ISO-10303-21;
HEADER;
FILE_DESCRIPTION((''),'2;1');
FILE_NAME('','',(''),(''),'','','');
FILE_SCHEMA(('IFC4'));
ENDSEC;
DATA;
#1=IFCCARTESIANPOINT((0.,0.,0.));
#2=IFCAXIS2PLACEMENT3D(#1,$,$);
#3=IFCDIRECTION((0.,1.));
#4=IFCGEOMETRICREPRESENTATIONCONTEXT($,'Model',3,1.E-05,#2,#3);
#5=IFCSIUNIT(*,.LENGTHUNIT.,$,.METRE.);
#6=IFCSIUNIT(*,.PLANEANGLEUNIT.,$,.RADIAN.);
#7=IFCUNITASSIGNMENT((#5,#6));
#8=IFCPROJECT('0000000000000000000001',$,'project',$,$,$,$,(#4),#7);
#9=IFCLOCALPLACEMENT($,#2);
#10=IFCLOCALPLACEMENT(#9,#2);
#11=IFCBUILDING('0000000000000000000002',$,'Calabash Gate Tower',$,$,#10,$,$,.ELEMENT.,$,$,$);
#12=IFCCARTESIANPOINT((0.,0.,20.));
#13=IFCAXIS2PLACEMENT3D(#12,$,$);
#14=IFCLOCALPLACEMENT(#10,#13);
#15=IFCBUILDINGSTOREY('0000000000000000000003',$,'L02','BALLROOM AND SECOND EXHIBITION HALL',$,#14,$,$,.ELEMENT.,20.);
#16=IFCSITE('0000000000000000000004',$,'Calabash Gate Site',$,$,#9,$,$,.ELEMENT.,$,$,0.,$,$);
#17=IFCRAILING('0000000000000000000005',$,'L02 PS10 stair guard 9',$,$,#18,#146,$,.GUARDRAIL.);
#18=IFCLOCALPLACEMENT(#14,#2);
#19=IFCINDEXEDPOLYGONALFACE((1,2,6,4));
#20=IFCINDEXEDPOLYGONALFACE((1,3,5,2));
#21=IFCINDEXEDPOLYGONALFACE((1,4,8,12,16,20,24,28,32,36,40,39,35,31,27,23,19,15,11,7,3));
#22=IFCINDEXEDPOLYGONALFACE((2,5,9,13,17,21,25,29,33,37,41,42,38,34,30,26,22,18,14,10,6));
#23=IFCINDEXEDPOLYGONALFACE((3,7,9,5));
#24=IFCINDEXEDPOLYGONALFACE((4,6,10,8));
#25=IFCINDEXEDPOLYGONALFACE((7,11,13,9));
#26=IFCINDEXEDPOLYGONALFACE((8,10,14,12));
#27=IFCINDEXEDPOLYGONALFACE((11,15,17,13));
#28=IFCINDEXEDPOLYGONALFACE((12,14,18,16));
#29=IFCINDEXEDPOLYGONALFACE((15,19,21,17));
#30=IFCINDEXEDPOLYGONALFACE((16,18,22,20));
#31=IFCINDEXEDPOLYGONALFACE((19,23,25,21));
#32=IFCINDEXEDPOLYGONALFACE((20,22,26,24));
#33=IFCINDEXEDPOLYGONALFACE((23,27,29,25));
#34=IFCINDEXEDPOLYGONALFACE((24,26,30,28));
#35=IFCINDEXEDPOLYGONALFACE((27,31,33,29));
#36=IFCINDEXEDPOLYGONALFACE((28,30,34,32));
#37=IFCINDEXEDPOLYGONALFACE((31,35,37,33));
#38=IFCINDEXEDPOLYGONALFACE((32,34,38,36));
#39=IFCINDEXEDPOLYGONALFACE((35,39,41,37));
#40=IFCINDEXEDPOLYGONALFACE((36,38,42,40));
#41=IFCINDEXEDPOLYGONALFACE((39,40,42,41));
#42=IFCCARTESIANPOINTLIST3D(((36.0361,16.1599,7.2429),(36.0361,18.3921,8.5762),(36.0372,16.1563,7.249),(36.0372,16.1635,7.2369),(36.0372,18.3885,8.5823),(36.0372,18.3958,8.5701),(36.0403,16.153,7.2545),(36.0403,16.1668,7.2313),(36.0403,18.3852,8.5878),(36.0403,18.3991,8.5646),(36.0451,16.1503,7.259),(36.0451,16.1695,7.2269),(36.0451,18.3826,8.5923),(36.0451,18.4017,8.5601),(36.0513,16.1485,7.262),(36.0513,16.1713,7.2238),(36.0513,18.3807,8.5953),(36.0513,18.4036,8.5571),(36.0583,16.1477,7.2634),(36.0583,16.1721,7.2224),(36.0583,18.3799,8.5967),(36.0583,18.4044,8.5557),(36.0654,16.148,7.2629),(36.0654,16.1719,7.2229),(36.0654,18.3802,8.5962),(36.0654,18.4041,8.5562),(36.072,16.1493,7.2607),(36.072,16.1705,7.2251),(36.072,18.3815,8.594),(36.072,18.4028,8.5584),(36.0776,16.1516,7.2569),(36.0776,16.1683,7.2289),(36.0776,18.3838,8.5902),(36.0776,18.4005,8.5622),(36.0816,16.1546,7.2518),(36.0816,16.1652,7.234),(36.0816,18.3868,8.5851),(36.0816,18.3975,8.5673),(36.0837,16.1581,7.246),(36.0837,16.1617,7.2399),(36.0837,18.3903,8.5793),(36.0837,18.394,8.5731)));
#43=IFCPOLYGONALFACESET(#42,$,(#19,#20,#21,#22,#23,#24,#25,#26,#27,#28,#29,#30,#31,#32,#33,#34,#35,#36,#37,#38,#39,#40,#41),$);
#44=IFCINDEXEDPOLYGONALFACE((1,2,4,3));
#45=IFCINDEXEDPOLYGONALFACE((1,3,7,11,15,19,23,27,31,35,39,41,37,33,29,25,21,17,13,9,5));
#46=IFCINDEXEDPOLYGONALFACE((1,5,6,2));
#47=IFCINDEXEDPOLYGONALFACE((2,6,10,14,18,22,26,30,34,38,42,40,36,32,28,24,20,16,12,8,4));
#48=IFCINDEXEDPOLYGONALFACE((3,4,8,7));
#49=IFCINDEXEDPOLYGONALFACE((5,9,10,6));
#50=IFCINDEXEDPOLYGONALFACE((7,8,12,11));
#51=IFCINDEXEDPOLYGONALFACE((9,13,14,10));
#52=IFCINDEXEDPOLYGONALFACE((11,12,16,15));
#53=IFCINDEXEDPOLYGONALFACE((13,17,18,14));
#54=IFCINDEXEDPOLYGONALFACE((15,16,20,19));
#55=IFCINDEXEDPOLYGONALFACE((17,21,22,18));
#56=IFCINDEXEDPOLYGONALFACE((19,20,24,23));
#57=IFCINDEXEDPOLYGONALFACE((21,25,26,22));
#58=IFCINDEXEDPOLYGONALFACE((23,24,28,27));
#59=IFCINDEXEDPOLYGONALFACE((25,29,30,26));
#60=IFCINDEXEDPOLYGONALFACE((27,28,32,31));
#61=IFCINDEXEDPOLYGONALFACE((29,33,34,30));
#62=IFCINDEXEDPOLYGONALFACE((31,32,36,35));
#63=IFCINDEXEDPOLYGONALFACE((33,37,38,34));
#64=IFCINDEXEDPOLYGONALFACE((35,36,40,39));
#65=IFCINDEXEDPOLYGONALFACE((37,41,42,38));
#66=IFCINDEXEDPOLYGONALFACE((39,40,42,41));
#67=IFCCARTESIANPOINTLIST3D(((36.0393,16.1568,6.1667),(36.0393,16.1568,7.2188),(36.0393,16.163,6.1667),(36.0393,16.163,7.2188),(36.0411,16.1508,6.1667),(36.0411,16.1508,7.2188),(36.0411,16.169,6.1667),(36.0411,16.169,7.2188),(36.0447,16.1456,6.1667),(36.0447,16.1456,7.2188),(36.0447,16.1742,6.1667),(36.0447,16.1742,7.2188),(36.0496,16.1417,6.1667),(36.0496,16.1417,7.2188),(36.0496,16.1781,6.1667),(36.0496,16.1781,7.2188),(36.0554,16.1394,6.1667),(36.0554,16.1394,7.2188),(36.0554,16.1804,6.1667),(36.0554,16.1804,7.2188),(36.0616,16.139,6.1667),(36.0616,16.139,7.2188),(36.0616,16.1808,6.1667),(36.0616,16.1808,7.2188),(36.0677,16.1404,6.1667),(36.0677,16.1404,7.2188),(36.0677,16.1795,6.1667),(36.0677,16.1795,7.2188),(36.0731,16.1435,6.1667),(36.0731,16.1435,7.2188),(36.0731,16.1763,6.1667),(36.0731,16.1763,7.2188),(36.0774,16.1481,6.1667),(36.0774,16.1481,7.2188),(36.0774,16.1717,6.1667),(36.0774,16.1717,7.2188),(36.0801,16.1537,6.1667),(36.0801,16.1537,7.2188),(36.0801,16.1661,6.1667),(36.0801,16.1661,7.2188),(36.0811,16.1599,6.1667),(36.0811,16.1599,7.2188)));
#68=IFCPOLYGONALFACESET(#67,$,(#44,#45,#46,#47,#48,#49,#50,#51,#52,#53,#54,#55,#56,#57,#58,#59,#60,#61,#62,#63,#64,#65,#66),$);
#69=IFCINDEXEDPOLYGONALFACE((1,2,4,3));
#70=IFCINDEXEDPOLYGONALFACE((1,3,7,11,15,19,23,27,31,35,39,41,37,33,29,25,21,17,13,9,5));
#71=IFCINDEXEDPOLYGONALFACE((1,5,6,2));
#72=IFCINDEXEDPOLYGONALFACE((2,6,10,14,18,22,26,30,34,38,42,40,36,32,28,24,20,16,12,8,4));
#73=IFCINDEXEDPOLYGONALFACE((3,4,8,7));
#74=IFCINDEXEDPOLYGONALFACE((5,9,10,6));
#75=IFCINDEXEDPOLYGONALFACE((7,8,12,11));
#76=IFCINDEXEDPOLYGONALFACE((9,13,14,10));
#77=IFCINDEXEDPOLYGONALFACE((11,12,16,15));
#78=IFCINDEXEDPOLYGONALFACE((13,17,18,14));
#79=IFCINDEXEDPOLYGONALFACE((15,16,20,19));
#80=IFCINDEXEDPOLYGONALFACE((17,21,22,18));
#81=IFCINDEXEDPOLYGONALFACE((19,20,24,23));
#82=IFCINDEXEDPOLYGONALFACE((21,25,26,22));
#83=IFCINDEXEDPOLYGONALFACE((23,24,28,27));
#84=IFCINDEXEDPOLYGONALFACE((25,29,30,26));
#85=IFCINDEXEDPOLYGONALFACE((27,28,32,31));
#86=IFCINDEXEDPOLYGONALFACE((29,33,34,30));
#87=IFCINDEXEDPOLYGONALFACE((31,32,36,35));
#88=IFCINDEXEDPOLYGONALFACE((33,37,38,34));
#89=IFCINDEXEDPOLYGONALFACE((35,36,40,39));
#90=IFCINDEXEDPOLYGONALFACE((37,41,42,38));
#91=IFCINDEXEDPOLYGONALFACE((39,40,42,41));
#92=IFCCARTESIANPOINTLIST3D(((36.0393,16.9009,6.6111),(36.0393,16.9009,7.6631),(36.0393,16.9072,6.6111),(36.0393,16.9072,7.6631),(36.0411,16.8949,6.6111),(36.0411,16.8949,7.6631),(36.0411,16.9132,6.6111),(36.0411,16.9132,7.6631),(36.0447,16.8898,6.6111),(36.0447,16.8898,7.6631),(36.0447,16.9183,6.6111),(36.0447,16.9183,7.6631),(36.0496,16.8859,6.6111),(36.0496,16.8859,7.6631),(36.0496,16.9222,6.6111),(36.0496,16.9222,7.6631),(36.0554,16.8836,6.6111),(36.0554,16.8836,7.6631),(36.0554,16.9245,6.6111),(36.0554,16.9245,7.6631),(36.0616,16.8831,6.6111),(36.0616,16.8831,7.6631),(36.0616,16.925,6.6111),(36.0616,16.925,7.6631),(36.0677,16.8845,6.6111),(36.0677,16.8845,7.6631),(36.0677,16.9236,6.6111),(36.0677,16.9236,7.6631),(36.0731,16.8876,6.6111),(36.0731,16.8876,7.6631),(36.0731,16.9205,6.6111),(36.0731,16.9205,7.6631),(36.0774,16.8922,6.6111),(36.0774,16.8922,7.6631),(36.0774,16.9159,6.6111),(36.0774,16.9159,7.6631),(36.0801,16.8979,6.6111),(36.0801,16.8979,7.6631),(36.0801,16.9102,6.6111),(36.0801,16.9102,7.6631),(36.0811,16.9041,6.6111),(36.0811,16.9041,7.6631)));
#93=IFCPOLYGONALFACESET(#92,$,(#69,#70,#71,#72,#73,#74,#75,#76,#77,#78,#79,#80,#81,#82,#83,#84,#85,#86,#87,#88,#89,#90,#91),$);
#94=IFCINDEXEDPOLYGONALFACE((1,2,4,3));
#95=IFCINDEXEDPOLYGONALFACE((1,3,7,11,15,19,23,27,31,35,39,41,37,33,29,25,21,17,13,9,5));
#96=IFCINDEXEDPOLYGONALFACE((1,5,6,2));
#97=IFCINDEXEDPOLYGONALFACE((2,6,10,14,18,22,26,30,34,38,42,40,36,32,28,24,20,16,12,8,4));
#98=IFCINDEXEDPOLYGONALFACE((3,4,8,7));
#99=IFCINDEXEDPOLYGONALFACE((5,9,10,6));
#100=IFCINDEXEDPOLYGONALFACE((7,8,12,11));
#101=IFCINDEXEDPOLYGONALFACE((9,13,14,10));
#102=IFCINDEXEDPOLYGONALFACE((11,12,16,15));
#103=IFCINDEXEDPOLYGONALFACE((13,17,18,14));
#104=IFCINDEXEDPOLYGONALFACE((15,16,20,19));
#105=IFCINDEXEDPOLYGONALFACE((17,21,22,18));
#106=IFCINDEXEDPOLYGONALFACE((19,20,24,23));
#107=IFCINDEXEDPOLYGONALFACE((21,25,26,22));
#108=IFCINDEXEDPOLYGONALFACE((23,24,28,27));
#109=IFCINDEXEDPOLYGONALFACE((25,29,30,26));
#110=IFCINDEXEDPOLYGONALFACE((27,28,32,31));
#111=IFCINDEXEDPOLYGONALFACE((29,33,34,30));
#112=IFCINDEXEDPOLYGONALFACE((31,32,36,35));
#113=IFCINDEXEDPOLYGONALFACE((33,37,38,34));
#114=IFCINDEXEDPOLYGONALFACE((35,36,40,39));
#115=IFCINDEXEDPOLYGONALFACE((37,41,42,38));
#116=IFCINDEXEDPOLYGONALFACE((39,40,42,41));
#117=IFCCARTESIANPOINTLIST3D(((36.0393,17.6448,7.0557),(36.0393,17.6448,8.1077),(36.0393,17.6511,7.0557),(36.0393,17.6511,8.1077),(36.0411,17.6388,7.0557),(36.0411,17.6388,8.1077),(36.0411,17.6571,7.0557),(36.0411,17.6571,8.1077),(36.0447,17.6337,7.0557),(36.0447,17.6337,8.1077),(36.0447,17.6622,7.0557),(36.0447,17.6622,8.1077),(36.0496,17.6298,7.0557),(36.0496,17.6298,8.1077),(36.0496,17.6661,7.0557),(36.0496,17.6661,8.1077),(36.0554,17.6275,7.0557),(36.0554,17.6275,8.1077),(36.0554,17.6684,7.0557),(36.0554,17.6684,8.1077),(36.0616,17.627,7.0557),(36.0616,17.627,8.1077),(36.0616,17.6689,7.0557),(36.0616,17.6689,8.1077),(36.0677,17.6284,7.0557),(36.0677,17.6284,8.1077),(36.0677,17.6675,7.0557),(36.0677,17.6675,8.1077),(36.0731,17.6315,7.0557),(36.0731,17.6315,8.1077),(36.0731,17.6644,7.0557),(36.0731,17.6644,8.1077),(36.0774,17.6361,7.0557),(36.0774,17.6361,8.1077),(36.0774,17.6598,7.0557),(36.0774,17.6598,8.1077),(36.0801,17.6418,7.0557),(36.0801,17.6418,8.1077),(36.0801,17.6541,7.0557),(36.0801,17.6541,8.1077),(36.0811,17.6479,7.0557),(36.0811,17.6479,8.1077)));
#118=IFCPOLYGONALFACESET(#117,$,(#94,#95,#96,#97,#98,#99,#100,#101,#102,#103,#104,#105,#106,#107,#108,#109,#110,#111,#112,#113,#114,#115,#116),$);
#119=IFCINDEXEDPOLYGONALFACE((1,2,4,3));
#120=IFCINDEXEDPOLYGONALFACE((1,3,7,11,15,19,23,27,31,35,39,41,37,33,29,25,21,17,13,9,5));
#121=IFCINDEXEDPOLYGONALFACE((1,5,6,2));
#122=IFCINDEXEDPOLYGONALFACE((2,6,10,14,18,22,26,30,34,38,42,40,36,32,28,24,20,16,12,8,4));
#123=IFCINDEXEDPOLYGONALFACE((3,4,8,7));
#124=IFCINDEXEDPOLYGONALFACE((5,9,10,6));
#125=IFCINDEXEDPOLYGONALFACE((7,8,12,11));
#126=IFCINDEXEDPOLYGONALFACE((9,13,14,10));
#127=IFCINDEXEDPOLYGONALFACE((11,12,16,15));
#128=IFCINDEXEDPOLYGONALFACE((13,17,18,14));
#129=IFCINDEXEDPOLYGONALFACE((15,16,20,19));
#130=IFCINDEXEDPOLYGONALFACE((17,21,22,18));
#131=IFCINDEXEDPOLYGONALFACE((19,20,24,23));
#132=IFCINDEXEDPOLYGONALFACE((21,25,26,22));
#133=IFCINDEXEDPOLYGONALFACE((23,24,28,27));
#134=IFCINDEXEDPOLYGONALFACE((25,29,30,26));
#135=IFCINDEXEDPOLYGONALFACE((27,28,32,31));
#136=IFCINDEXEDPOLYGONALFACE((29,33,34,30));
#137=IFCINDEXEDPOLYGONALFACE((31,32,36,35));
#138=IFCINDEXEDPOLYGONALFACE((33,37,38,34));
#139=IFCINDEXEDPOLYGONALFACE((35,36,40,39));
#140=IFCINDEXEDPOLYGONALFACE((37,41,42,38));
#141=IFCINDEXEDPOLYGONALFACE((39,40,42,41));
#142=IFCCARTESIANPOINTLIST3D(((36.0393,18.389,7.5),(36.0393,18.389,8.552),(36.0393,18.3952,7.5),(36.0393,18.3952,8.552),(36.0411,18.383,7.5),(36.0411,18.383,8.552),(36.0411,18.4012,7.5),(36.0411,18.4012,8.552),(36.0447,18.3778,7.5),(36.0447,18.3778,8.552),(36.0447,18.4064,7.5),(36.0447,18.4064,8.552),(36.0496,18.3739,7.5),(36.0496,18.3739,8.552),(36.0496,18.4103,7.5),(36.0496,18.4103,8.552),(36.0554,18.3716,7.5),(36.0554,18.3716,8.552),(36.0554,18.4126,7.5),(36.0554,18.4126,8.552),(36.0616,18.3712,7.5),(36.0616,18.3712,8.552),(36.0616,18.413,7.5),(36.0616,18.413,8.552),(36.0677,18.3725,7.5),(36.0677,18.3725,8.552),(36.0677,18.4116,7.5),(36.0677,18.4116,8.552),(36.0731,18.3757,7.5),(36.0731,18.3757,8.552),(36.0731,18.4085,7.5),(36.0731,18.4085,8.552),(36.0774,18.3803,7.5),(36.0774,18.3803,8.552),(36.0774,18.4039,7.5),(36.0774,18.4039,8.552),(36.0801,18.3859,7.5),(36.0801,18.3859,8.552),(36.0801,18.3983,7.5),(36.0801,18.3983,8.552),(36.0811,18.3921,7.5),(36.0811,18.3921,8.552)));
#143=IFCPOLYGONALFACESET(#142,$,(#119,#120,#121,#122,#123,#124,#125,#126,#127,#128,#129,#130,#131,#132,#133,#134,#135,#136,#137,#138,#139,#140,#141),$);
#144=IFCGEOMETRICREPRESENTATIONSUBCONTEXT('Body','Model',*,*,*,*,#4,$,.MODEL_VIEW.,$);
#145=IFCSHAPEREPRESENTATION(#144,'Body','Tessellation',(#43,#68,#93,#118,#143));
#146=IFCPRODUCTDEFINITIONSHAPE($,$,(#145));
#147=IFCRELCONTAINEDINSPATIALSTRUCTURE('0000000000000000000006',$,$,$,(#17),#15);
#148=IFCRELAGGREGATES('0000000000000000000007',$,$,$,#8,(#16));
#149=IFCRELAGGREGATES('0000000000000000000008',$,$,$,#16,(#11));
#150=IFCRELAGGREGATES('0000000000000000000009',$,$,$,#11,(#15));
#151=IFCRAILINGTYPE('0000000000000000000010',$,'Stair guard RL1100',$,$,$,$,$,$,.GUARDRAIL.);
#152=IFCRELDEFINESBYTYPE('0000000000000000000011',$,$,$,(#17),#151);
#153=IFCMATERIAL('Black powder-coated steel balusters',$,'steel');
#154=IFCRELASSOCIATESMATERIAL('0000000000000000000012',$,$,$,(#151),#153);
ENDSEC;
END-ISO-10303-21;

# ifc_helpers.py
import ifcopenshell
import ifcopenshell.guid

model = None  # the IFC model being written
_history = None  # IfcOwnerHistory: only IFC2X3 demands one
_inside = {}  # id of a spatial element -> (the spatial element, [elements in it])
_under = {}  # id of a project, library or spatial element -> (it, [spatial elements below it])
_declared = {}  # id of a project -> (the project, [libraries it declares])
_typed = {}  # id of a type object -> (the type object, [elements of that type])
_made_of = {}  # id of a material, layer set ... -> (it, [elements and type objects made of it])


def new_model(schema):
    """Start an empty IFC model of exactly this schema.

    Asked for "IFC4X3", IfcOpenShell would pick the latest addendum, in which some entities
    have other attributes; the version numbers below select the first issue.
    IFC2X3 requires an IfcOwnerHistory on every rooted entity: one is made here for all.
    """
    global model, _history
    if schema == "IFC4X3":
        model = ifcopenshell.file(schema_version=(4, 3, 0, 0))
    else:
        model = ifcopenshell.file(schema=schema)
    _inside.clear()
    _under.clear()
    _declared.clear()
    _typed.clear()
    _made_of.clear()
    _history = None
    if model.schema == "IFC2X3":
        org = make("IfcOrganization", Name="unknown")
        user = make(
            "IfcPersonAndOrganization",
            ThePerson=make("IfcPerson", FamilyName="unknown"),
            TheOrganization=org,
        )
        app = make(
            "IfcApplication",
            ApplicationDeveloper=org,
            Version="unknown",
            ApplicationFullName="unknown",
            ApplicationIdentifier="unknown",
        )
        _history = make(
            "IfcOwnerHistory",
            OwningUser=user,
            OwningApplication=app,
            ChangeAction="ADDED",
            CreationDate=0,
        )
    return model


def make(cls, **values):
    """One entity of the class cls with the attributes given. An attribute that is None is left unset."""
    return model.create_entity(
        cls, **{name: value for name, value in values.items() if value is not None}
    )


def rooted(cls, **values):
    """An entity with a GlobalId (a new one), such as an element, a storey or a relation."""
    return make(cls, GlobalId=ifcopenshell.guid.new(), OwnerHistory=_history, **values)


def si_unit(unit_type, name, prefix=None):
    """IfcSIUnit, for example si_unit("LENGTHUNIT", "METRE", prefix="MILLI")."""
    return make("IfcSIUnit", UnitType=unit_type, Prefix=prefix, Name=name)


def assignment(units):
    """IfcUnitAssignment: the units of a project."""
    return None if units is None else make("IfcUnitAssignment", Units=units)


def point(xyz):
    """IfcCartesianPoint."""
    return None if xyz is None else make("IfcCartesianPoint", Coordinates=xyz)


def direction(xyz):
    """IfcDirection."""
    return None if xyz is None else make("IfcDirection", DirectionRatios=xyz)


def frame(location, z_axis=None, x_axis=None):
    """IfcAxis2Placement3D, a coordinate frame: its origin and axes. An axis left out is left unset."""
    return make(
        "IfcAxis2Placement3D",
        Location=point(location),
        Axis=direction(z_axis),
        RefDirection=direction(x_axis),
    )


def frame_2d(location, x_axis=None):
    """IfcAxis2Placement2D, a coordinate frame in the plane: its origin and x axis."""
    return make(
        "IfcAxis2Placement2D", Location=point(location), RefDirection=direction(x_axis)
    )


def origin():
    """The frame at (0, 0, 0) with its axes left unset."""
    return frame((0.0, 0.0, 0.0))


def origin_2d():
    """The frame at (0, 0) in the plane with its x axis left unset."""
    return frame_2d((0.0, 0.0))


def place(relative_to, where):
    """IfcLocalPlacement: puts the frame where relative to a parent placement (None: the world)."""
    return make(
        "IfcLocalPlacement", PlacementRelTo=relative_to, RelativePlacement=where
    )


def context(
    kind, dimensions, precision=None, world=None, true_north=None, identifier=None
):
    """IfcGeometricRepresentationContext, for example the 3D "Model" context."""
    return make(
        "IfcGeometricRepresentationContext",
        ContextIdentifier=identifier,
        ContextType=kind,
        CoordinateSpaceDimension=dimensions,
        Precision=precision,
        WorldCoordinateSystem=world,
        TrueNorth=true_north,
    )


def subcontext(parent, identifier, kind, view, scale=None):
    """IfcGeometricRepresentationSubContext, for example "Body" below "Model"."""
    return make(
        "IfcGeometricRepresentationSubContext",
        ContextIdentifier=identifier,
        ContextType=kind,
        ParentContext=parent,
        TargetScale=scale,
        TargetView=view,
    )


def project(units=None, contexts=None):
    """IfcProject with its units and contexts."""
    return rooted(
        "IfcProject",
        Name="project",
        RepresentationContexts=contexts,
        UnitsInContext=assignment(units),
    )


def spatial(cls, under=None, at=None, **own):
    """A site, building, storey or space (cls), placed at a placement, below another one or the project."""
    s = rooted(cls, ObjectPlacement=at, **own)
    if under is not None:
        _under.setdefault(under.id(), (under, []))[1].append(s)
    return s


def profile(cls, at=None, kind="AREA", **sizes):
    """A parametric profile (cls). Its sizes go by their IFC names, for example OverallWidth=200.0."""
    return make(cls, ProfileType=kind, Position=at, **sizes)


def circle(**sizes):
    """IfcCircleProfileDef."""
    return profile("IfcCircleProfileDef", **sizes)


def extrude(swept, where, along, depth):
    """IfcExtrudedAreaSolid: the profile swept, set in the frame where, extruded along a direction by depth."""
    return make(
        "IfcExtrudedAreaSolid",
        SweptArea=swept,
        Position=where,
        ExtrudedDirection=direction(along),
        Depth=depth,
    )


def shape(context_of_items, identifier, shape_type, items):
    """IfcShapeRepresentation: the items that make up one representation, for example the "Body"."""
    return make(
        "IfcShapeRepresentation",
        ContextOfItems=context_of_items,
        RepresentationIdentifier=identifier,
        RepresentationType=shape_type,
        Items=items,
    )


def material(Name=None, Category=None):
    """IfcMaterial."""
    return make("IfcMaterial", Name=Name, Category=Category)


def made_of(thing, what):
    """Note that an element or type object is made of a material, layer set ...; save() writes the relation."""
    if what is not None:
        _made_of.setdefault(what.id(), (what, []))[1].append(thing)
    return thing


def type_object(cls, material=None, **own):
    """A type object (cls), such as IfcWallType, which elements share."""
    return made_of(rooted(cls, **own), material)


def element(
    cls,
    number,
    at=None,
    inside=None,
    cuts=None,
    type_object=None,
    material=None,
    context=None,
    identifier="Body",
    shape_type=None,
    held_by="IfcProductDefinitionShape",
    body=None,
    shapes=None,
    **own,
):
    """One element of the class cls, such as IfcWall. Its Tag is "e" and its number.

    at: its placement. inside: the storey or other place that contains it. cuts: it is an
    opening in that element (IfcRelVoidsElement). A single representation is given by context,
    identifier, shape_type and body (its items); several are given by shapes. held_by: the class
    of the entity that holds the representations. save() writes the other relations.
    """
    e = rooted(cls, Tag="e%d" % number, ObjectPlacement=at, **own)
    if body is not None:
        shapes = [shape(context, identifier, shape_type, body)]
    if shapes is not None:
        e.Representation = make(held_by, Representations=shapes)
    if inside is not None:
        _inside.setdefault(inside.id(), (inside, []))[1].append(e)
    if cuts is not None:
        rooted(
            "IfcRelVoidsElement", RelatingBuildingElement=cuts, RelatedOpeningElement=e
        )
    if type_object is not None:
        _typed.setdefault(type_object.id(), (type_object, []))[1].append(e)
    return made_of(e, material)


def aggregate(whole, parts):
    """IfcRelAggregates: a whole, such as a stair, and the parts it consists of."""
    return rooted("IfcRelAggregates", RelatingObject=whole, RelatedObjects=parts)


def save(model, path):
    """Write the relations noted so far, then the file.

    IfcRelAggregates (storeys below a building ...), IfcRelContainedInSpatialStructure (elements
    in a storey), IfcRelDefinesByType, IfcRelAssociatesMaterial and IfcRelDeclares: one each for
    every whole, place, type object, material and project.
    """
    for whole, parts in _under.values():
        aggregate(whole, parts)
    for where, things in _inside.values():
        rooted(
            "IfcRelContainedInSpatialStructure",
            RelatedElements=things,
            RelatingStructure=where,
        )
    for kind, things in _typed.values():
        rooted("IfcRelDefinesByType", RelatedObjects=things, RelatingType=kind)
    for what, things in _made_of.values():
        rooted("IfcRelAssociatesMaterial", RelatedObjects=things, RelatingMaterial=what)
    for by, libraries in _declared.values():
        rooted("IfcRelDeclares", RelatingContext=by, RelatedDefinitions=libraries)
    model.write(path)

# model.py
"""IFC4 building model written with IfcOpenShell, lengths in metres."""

from ifc_helpers import new_model, si_unit, direction, frame, origin, origin_2d, place, context, subcontext, project, spatial, circle, extrude, material, type_object, element, save


model = new_model("IFC4")

# Units and contexts
model_context = context("Model", 3, precision=1e-05, world=origin(), true_north=direction((0.0, 1.0)))
body_context = subcontext(model_context, "Body", "Model", "MODEL_VIEW")
ifc_project = project(units=[si_unit("LENGTHUNIT", "METRE"), si_unit("PLANEANGLEUNIT", "RADIAN")], contexts=[model_context])

# Site, building, storey
site_placement = place(None, origin())
site = spatial("IfcSite", under=ifc_project, at=site_placement, Name="Calabash Gate Site", CompositionType="ELEMENT", RefElevation=0.0)
building_placement = place(site_placement, origin())
building = spatial("IfcBuilding", under=site, at=building_placement, Name="Calabash Gate Tower", CompositionType="ELEMENT")
storey_placement = place(building_placement, frame((0.0, 0.0, 20.0)))
storey = spatial("IfcBuildingStorey", under=building, at=storey_placement, Name="L02", Description="BALLROOM AND SECOND EXHIBITION HALL", CompositionType="ELEMENT", Elevation=20.0)

# Railing
ifc_material_1 = material(Name="Black powder-coated steel balusters", Category="steel")
railing_type_1 = type_object("IfcRailingType", Name="Stair guard RL1100", PredefinedType="GUARDRAIL", material=ifc_material_1)
railing_1_placement = place(storey_placement, frame((36.0601, 16.1599, 6.1667)))
element("IfcRailing", 1, at=railing_1_placement, inside=storey, type_object=railing_type_1, Name="L02 PS10 stair guard 9", PredefinedType="GUARDRAIL", context=body_context, shape_type="SweptSolid", body=[
    extrude(circle(Radius=0.0239, at=origin_2d()), frame((0.0, 0.0, 1.0762), z_axis=(0.0, 0.858519, 0.512782), x_axis=(-1.0, 0.0, 0.0)), (0.0, 0.0, 1.0), 2.6001),
    extrude(circle(Radius=0.021, at=origin_2d()), origin(), (0.0, 0.0, 1.0), 1.052),
    extrude(circle(Radius=0.021, at=origin_2d()), frame((0.0, 0.7441, 0.4443)), (0.0, 0.0, 1.0), 1.052),
    extrude(circle(Radius=0.021, at=origin_2d()), frame((0.0, 1.488, 0.8889)), (0.0, 0.0, 1.0), 1.052),
    extrude(circle(Radius=0.021, at=origin_2d()), frame((0.0, 2.2322, 1.3333)), (0.0, 0.0, 1.0), 1.052),
])

save(model, "model.ifc")
